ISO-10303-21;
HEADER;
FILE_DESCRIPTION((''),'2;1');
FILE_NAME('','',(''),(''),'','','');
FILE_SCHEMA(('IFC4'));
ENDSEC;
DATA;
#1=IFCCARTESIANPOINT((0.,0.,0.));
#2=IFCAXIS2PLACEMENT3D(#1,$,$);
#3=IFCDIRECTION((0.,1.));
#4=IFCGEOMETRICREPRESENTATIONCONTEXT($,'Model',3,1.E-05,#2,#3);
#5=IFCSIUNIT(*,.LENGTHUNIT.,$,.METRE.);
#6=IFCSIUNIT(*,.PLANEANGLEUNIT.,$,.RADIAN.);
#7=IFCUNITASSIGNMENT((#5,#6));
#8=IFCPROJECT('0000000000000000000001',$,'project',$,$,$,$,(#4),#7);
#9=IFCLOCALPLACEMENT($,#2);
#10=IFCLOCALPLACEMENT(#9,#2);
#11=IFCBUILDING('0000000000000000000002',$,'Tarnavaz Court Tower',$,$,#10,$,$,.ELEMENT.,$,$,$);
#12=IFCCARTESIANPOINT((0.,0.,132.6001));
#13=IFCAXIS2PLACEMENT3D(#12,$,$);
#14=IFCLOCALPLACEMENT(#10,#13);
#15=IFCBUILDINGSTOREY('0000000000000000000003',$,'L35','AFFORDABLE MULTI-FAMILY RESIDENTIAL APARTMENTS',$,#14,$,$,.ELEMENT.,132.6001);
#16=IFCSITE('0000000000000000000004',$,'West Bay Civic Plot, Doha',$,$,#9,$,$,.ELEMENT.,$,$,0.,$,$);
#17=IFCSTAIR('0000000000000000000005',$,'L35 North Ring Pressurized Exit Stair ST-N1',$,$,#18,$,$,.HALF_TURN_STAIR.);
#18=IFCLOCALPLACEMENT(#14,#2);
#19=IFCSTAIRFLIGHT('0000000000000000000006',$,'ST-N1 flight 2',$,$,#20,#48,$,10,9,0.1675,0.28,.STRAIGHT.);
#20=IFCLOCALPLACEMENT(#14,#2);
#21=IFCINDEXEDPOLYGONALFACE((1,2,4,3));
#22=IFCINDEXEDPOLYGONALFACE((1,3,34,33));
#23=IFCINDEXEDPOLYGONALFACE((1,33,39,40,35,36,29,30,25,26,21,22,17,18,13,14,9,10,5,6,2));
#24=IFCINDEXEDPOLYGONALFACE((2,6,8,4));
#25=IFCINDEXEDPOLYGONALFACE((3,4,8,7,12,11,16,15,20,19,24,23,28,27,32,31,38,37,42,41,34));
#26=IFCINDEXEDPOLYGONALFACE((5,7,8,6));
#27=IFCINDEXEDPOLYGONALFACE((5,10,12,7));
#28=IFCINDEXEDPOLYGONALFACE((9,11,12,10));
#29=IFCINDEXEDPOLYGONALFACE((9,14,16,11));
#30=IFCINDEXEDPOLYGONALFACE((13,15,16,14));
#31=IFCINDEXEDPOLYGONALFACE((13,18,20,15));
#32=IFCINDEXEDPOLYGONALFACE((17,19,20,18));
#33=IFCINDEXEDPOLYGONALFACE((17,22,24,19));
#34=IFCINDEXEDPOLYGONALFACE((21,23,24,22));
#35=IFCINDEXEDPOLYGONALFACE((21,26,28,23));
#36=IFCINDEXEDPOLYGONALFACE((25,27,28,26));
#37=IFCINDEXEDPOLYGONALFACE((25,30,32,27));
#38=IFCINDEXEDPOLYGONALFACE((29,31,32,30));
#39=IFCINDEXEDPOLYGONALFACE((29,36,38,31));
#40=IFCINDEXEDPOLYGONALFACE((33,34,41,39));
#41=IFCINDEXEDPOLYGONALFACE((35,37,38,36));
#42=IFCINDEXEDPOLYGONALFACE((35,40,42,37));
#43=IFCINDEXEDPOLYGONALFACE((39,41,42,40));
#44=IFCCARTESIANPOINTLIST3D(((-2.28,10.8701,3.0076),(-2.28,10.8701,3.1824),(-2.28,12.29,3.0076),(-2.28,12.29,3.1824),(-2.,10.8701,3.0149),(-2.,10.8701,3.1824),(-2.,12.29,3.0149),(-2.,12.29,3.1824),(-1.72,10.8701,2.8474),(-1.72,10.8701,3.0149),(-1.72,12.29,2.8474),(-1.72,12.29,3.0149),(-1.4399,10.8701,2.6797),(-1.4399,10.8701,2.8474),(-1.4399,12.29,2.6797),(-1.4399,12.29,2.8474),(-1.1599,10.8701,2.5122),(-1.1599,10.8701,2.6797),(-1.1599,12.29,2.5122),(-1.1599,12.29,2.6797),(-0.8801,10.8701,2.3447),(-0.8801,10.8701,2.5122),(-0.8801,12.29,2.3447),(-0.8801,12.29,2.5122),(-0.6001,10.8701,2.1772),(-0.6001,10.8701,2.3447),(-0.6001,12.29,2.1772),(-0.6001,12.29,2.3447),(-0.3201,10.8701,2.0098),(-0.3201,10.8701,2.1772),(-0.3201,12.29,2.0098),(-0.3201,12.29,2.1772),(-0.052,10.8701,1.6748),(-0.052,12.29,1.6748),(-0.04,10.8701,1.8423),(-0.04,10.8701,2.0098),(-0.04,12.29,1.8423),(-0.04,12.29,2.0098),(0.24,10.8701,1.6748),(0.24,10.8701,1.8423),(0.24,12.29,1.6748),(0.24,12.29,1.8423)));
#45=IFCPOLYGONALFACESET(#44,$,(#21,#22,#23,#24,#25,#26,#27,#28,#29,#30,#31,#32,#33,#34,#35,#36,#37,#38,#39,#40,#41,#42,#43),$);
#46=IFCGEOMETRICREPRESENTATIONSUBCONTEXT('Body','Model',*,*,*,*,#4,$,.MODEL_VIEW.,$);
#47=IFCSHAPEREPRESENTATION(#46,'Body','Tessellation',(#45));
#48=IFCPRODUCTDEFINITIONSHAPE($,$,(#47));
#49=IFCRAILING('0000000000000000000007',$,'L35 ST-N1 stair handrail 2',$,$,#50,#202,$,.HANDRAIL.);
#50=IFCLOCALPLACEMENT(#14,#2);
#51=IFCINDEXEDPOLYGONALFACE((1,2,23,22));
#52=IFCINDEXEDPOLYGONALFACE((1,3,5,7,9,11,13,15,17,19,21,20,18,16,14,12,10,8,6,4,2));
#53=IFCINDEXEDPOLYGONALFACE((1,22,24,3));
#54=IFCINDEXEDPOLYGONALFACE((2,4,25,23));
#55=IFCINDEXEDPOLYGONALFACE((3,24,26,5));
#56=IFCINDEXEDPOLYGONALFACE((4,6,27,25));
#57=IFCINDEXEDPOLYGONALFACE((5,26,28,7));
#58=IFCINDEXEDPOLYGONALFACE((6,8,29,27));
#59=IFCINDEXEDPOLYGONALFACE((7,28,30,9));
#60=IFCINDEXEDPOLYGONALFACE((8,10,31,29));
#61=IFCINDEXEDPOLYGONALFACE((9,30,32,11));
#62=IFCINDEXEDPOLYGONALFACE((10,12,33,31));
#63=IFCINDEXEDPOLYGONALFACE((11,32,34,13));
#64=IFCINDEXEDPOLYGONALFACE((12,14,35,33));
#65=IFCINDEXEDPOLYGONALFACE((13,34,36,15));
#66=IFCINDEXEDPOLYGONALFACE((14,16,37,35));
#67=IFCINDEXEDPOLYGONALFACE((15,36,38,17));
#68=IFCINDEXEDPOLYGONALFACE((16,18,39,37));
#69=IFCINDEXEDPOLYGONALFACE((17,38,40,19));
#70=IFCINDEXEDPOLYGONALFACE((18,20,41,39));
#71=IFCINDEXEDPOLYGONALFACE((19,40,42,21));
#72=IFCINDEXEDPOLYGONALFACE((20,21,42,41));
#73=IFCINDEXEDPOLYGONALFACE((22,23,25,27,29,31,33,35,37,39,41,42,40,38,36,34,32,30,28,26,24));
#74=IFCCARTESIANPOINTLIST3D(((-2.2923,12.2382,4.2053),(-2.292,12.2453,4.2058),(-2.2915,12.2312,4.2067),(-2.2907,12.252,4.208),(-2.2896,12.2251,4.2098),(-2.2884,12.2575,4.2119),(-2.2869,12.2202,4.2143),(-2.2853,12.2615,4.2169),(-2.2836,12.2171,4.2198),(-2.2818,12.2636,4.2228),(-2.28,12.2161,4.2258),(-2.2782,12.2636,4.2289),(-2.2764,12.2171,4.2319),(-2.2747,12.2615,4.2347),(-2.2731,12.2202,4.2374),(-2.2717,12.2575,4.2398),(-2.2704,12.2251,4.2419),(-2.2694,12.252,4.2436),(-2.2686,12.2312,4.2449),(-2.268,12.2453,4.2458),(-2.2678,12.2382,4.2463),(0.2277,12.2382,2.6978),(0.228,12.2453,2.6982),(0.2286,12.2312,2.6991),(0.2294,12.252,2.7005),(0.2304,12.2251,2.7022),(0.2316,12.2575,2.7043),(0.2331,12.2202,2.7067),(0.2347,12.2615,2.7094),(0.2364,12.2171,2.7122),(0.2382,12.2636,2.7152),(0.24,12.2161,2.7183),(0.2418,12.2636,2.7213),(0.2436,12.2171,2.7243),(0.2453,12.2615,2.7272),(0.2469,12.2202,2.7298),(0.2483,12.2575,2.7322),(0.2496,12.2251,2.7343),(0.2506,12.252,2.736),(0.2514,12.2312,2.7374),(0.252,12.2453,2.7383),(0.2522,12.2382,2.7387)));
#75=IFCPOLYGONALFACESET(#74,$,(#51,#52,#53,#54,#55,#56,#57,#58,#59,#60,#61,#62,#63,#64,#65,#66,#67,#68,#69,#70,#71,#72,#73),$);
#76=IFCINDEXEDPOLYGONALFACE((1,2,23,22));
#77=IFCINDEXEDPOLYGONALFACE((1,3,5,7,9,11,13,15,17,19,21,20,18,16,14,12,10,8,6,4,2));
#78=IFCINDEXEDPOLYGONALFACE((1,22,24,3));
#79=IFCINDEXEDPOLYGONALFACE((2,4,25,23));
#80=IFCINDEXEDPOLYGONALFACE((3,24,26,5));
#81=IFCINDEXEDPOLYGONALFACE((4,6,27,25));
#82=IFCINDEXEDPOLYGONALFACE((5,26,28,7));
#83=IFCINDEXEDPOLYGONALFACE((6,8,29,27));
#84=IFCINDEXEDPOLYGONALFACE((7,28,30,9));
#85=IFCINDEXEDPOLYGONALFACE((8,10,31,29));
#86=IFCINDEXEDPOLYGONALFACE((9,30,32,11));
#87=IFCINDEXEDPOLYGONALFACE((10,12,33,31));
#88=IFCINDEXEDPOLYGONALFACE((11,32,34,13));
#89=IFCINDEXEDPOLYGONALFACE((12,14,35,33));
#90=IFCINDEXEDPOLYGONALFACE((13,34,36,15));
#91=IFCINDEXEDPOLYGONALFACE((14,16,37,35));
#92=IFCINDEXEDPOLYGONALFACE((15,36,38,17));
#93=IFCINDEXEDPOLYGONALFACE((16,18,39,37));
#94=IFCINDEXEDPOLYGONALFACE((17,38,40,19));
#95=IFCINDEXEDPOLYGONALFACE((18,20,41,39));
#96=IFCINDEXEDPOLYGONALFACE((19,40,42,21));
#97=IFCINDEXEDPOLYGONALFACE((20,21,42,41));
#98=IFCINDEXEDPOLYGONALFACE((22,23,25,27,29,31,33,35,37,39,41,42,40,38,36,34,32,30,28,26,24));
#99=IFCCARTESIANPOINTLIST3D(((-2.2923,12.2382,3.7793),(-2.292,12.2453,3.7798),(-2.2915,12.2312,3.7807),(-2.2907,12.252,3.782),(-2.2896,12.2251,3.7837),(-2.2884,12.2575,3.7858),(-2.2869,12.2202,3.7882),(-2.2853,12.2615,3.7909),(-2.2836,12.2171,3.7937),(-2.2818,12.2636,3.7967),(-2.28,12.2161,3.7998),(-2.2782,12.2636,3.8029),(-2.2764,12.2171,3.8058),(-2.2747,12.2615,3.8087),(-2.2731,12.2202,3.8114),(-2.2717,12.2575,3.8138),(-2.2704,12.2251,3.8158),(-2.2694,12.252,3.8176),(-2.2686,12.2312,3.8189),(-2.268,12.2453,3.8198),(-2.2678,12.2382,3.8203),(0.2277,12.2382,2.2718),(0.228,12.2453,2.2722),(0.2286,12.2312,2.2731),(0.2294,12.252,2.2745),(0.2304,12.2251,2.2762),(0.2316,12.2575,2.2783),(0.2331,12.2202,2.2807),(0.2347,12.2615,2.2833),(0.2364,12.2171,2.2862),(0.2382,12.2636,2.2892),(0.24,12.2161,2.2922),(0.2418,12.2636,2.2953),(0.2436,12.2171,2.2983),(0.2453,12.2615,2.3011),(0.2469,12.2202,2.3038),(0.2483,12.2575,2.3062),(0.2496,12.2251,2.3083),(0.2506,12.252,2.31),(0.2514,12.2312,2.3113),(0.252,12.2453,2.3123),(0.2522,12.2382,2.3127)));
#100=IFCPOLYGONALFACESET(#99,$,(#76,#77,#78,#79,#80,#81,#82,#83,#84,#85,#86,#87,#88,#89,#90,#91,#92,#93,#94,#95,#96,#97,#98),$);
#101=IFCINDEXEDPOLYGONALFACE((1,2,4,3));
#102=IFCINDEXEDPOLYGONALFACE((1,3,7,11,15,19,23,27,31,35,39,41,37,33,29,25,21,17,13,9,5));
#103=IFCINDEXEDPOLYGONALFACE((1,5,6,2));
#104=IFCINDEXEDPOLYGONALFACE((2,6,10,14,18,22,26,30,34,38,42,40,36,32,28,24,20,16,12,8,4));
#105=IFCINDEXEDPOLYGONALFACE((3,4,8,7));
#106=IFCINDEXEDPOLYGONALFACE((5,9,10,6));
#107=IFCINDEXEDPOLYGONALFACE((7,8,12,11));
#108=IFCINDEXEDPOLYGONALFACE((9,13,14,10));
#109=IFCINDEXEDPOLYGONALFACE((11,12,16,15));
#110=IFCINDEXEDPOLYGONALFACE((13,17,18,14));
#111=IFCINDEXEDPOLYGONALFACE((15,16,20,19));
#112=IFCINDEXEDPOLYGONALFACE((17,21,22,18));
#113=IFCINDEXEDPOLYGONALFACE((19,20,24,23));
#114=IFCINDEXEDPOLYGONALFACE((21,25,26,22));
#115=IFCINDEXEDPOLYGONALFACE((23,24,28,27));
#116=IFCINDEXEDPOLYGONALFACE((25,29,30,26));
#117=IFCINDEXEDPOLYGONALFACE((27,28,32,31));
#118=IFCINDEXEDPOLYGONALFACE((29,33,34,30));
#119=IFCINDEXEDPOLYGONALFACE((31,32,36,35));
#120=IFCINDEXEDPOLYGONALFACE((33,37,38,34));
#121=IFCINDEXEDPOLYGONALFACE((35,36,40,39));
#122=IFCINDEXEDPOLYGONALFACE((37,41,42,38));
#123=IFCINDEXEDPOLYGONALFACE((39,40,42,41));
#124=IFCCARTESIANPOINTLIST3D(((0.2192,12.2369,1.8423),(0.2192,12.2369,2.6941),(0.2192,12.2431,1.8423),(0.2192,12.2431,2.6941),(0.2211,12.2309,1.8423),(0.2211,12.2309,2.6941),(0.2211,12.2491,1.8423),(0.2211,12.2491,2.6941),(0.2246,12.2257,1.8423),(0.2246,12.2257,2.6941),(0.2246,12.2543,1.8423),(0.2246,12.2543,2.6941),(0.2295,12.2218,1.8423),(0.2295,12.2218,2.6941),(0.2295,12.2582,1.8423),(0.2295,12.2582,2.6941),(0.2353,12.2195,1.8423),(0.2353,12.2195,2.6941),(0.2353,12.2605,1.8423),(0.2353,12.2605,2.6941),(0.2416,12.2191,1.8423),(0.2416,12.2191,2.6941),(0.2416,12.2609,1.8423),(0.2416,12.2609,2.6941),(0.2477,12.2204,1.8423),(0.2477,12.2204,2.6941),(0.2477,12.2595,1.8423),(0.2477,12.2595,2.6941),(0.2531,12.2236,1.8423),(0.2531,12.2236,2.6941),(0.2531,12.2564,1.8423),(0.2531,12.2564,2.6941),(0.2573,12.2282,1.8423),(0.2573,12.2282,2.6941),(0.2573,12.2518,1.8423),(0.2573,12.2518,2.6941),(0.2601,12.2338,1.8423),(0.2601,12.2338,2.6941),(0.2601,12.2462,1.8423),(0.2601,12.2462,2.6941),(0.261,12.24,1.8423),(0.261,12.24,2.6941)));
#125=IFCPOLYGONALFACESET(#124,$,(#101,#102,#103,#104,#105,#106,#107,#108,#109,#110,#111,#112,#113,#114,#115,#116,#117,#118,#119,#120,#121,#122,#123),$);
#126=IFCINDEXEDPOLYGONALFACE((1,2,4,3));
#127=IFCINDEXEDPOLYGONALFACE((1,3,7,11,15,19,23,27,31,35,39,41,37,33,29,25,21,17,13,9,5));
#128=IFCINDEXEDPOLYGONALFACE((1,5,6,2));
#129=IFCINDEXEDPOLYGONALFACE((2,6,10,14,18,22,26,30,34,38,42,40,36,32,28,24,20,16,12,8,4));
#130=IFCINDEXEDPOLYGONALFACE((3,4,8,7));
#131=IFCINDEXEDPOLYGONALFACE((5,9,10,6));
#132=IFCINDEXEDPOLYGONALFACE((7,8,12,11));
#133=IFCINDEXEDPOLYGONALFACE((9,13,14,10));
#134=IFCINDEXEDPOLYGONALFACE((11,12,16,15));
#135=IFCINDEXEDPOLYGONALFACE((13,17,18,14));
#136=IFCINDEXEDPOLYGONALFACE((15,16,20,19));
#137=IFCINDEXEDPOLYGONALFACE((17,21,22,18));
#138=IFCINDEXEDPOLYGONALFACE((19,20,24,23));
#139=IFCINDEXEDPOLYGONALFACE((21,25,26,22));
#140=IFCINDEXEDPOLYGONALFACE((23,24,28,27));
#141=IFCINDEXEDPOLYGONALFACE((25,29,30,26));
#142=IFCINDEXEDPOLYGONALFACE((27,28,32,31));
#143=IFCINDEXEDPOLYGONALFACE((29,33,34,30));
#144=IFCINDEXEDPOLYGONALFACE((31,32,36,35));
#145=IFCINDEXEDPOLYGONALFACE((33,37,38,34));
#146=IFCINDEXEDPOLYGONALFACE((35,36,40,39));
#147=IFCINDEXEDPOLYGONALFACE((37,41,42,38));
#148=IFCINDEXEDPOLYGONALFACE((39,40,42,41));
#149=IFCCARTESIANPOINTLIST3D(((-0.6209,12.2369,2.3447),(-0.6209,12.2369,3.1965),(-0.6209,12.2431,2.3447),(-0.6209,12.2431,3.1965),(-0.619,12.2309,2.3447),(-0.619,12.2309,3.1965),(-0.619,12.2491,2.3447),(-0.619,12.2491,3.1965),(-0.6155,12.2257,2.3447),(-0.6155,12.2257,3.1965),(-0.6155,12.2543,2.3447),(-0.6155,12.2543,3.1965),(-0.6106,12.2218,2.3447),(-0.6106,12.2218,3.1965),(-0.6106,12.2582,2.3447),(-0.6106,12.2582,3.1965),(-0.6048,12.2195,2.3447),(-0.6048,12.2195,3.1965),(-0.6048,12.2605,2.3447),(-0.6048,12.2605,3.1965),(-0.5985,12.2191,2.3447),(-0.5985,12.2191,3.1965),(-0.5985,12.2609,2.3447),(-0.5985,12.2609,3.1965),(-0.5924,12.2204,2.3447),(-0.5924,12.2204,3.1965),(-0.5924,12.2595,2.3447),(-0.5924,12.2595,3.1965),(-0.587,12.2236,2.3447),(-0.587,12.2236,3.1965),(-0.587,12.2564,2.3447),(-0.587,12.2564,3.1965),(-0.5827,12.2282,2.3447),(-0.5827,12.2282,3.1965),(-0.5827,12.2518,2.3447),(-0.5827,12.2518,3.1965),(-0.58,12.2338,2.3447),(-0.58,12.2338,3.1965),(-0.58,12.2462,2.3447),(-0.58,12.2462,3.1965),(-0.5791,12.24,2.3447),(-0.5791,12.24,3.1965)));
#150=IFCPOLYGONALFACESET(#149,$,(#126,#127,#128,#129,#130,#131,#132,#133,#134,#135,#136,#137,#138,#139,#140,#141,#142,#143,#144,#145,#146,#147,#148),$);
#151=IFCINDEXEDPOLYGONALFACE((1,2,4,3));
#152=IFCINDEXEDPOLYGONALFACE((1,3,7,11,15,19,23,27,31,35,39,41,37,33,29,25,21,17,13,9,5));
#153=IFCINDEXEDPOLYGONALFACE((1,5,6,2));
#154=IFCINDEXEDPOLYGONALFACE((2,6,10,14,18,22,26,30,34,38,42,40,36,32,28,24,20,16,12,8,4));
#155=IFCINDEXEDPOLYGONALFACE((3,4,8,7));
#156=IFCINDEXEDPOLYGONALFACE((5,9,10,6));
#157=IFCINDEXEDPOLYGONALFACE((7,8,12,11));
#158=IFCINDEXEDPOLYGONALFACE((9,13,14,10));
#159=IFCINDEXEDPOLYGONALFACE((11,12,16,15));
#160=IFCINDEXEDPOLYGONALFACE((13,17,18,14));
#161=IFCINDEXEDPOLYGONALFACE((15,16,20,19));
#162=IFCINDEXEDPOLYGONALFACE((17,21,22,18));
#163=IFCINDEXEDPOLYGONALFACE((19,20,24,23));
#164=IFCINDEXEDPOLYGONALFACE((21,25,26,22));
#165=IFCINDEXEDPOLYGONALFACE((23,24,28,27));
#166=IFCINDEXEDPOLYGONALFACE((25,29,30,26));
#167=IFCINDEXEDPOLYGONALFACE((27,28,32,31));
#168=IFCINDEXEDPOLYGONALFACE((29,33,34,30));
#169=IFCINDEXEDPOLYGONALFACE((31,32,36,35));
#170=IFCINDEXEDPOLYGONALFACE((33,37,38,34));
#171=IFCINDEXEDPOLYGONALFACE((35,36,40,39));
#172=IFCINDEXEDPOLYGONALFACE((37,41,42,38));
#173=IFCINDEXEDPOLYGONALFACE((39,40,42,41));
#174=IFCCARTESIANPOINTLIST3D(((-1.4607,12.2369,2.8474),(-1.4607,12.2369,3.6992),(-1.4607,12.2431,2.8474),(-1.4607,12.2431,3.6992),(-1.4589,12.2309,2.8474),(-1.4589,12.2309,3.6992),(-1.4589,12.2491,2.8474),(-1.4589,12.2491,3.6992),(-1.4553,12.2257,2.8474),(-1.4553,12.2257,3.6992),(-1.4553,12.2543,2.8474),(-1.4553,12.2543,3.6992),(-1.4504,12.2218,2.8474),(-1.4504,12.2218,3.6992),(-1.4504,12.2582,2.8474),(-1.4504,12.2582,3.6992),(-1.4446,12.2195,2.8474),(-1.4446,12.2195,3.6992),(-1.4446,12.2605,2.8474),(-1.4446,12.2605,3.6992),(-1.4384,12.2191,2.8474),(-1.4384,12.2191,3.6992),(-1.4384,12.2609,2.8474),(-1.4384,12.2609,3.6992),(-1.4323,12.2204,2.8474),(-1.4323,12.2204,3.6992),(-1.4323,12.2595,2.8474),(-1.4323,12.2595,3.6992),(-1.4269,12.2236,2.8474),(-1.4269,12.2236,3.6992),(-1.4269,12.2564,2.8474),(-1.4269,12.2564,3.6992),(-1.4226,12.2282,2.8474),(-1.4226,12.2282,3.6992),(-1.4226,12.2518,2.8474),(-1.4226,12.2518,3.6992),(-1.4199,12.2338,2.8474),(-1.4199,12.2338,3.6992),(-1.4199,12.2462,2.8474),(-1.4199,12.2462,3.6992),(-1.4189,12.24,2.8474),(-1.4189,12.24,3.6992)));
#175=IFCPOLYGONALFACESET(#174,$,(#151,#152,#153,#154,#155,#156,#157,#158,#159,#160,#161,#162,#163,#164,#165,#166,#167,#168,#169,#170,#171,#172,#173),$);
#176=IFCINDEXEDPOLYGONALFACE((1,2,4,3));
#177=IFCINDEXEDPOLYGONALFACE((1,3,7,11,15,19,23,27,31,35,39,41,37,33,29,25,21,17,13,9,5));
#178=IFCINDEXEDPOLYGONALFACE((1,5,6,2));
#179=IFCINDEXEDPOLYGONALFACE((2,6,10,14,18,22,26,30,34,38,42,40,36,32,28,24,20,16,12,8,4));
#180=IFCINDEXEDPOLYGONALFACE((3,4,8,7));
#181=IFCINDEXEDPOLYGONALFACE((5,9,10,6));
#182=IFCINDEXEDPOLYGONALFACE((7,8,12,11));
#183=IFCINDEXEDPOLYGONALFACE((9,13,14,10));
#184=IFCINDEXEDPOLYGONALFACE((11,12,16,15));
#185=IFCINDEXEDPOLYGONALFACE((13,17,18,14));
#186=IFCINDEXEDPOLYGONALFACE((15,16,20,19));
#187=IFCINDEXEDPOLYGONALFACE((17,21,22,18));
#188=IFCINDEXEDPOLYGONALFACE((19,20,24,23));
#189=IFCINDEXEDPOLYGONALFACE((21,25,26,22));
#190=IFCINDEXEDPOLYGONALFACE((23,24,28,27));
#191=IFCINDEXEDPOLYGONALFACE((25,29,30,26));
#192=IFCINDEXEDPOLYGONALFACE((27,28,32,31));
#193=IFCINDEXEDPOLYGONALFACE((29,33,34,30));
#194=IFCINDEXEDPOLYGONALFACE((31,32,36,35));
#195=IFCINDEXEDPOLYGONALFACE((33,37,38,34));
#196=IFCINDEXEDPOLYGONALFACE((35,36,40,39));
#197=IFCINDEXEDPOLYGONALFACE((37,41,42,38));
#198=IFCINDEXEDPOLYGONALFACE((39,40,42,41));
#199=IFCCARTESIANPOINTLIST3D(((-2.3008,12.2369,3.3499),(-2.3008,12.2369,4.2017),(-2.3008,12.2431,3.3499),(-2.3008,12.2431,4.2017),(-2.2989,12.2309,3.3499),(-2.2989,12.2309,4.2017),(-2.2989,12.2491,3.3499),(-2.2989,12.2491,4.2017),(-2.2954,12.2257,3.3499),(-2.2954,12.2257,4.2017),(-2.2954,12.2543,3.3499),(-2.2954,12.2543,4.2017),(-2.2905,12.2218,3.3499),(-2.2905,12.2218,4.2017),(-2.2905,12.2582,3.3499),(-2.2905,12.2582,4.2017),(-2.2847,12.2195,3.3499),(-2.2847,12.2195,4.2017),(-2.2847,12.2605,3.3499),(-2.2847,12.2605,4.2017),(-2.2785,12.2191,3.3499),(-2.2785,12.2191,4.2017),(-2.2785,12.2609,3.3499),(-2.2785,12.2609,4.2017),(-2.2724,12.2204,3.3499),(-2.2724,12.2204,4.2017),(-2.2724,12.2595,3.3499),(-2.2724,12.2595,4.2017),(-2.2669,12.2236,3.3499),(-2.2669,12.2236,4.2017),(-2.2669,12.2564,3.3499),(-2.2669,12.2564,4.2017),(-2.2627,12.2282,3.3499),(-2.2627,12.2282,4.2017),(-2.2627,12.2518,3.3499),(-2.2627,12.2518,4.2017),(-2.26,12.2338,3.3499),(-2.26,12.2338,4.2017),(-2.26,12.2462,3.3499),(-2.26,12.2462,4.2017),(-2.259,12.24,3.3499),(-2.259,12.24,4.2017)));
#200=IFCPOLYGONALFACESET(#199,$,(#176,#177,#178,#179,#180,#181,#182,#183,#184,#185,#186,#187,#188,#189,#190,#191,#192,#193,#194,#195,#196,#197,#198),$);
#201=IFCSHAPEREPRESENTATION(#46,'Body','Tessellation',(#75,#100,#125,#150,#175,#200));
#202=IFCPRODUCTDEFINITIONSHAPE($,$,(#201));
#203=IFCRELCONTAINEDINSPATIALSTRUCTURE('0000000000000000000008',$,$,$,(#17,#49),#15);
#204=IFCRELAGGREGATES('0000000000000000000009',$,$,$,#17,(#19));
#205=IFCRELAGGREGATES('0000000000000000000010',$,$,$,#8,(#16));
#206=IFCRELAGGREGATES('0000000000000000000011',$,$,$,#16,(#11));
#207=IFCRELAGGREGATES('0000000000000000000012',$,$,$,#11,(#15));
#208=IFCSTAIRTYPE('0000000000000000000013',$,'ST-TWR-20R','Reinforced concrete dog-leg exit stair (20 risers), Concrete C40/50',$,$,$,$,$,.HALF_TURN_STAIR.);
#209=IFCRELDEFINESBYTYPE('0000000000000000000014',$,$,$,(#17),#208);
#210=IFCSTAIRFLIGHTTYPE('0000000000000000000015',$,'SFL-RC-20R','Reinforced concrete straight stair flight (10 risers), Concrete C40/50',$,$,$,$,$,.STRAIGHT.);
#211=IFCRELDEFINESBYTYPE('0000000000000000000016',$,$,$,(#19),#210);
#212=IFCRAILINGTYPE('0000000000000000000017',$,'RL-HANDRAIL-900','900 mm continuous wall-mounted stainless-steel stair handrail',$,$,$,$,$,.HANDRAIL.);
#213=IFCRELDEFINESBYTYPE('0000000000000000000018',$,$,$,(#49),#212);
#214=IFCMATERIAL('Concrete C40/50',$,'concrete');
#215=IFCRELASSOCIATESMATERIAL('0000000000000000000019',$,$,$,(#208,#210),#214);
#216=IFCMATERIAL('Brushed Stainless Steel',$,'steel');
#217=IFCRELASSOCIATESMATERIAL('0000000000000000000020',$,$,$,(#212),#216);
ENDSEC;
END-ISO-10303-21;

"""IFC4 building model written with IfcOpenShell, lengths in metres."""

from ifc_helpers import new_model, si_unit, direction, frame, origin, origin_2d, place, context, subcontext, project, spatial, polyline, circle, outline, extrude, material, type_object, element, aggregate, save


model = new_model("IFC4")

# Units and contexts
model_context = context("Model", 3, precision=1e-05, world=origin(), true_north=direction((0.0, 1.0)))
body_context = subcontext(model_context, "Body", "Model", "MODEL_VIEW")
ifc_project = project(units=[si_unit("LENGTHUNIT", "METRE"), si_unit("PLANEANGLEUNIT", "RADIAN")], contexts=[model_context])

# Site, building, storey
site_placement = place(None, origin())
site = spatial("IfcSite", under=ifc_project, at=site_placement, Name="West Bay Civic Plot, Doha", CompositionType="ELEMENT", RefElevation=0.0)
building_placement = place(site_placement, origin())
building = spatial("IfcBuilding", under=site, at=building_placement, Name="Tarnavaz Court Tower", CompositionType="ELEMENT")
storey_placement = place(building_placement, frame((0.0, 0.0, 132.6001)))
storey = spatial("IfcBuildingStorey", under=building, at=storey_placement, Name="L35", Description="AFFORDABLE MULTI-FAMILY RESIDENTIAL APARTMENTS", CompositionType="ELEMENT", Elevation=132.6001)

# Stair
ifc_material_1 = material(Name="Concrete C40/50", Category="concrete")
stair_type = type_object("IfcStairType", Name="ST-TWR-20R", Description="Reinforced concrete dog-leg exit stair (20 risers), Concrete C40/50", PredefinedType="HALF_TURN_STAIR", material=ifc_material_1)
stair_1_placement = place(storey_placement, origin())
stair_1 = element("IfcStair", 1, at=stair_1_placement, inside=storey, type_object=stair_type, Name="L35 North Ring Pressurized Exit Stair ST-N1", PredefinedType="HALF_TURN_STAIR")

# Stair flight
stair_flight_type = type_object("IfcStairFlightType", Name="SFL-RC-20R", Description="Reinforced concrete straight stair flight (10 risers), Concrete C40/50", PredefinedType="STRAIGHT", material=ifc_material_1)
stair_flight_placement = place(storey_placement, frame((0.24, 11.5801, 1.6748), z_axis=(0.0, 0.0, 1.0), x_axis=(-1.0, 0.0, 0.0)))
stair_flight = element("IfcStairFlight", 2, at=stair_flight_placement, type_object=stair_flight_type, Name="ST-N1 flight 2", NumberOfRisers=10, NumberOfTreads=9, PredefinedType="STRAIGHT", RiserHeight=0.1675, TreadLength=0.28, context=body_context, shape_type="SweptSolid", body=[
    extrude(outline(polyline([(0.0, 0.0), (0.0, 0.1675), (0.28, 0.1675), (0.28, 0.335), (0.5601, 0.335), (0.5601, 0.5024), (0.8401, 0.5024), (0.8401, 0.6699), (1.1201, 0.6699), (1.1201, 0.8374), (1.3999, 0.8374), (1.3999, 1.0049), (1.6799, 1.0049), (1.6799, 1.1726), (1.96, 1.1726), (1.96, 1.3401), (2.24, 1.3401), (2.24, 1.5076), (2.52, 1.5076), (2.52, 1.675), (2.52, 1.3328), (0.292, 0.0), (0.0, 0.0)])), frame((0.0, 0.71, 0.0), z_axis=(0.0, -1.0, 0.0), x_axis=(1.0, 0.0, 0.0)), (0.0, 0.0, 1.0), 1.4199),
])
aggregate(stair_1, [stair_flight])

# Railing
ifc_material_2 = material(Name="Brushed Stainless Steel", Category="steel")
railing_type_1 = type_object("IfcRailingType", Name="RL-HANDRAIL-900", Description="900 mm continuous wall-mounted stainless-steel stair handrail", PredefinedType="HANDRAIL", material=ifc_material_2)
railing_1_placement = place(storey_placement, frame((0.24, 12.24, 1.8423)))
element("IfcRailing", 3, at=railing_1_placement, inside=storey, type_object=railing_type_1, Name="L35 ST-N1 stair handrail 2", PredefinedType="HANDRAIL", context=body_context, shape_type="SweptSolid", body=[
    extrude(circle(Radius=0.0239, at=origin_2d()), frame((0.0, 0.0, 0.876), z_axis=(-0.85816, 0.0, 0.513383), x_axis=(0.0, -1.0, 0.0)), (0.0, 0.0, 1.0), 2.9365),
    extrude(circle(Radius=0.0239, at=origin_2d()), frame((0.0, 0.0, 0.45), z_axis=(-0.85816, 0.0, 0.513383), x_axis=(0.0, -1.0, 0.0)), (0.0, 0.0, 1.0), 2.9365),
    extrude(circle(Radius=0.021, at=origin_2d()), origin(), (0.0, 0.0, 1.0), 0.8518),
    extrude(circle(Radius=0.021, at=origin_2d()), frame((-0.8401, 0.0, 0.5024)), (0.0, 0.0, 1.0), 0.8518),
    extrude(circle(Radius=0.021, at=origin_2d()), frame((-1.6799, 0.0, 1.0051)), (0.0, 0.0, 1.0), 0.8518),
    extrude(circle(Radius=0.021, at=origin_2d()), frame((-2.52, 0.0, 1.5076)), (0.0, 0.0, 1.0), 0.8518),
])

save(model, "model.ifc")
